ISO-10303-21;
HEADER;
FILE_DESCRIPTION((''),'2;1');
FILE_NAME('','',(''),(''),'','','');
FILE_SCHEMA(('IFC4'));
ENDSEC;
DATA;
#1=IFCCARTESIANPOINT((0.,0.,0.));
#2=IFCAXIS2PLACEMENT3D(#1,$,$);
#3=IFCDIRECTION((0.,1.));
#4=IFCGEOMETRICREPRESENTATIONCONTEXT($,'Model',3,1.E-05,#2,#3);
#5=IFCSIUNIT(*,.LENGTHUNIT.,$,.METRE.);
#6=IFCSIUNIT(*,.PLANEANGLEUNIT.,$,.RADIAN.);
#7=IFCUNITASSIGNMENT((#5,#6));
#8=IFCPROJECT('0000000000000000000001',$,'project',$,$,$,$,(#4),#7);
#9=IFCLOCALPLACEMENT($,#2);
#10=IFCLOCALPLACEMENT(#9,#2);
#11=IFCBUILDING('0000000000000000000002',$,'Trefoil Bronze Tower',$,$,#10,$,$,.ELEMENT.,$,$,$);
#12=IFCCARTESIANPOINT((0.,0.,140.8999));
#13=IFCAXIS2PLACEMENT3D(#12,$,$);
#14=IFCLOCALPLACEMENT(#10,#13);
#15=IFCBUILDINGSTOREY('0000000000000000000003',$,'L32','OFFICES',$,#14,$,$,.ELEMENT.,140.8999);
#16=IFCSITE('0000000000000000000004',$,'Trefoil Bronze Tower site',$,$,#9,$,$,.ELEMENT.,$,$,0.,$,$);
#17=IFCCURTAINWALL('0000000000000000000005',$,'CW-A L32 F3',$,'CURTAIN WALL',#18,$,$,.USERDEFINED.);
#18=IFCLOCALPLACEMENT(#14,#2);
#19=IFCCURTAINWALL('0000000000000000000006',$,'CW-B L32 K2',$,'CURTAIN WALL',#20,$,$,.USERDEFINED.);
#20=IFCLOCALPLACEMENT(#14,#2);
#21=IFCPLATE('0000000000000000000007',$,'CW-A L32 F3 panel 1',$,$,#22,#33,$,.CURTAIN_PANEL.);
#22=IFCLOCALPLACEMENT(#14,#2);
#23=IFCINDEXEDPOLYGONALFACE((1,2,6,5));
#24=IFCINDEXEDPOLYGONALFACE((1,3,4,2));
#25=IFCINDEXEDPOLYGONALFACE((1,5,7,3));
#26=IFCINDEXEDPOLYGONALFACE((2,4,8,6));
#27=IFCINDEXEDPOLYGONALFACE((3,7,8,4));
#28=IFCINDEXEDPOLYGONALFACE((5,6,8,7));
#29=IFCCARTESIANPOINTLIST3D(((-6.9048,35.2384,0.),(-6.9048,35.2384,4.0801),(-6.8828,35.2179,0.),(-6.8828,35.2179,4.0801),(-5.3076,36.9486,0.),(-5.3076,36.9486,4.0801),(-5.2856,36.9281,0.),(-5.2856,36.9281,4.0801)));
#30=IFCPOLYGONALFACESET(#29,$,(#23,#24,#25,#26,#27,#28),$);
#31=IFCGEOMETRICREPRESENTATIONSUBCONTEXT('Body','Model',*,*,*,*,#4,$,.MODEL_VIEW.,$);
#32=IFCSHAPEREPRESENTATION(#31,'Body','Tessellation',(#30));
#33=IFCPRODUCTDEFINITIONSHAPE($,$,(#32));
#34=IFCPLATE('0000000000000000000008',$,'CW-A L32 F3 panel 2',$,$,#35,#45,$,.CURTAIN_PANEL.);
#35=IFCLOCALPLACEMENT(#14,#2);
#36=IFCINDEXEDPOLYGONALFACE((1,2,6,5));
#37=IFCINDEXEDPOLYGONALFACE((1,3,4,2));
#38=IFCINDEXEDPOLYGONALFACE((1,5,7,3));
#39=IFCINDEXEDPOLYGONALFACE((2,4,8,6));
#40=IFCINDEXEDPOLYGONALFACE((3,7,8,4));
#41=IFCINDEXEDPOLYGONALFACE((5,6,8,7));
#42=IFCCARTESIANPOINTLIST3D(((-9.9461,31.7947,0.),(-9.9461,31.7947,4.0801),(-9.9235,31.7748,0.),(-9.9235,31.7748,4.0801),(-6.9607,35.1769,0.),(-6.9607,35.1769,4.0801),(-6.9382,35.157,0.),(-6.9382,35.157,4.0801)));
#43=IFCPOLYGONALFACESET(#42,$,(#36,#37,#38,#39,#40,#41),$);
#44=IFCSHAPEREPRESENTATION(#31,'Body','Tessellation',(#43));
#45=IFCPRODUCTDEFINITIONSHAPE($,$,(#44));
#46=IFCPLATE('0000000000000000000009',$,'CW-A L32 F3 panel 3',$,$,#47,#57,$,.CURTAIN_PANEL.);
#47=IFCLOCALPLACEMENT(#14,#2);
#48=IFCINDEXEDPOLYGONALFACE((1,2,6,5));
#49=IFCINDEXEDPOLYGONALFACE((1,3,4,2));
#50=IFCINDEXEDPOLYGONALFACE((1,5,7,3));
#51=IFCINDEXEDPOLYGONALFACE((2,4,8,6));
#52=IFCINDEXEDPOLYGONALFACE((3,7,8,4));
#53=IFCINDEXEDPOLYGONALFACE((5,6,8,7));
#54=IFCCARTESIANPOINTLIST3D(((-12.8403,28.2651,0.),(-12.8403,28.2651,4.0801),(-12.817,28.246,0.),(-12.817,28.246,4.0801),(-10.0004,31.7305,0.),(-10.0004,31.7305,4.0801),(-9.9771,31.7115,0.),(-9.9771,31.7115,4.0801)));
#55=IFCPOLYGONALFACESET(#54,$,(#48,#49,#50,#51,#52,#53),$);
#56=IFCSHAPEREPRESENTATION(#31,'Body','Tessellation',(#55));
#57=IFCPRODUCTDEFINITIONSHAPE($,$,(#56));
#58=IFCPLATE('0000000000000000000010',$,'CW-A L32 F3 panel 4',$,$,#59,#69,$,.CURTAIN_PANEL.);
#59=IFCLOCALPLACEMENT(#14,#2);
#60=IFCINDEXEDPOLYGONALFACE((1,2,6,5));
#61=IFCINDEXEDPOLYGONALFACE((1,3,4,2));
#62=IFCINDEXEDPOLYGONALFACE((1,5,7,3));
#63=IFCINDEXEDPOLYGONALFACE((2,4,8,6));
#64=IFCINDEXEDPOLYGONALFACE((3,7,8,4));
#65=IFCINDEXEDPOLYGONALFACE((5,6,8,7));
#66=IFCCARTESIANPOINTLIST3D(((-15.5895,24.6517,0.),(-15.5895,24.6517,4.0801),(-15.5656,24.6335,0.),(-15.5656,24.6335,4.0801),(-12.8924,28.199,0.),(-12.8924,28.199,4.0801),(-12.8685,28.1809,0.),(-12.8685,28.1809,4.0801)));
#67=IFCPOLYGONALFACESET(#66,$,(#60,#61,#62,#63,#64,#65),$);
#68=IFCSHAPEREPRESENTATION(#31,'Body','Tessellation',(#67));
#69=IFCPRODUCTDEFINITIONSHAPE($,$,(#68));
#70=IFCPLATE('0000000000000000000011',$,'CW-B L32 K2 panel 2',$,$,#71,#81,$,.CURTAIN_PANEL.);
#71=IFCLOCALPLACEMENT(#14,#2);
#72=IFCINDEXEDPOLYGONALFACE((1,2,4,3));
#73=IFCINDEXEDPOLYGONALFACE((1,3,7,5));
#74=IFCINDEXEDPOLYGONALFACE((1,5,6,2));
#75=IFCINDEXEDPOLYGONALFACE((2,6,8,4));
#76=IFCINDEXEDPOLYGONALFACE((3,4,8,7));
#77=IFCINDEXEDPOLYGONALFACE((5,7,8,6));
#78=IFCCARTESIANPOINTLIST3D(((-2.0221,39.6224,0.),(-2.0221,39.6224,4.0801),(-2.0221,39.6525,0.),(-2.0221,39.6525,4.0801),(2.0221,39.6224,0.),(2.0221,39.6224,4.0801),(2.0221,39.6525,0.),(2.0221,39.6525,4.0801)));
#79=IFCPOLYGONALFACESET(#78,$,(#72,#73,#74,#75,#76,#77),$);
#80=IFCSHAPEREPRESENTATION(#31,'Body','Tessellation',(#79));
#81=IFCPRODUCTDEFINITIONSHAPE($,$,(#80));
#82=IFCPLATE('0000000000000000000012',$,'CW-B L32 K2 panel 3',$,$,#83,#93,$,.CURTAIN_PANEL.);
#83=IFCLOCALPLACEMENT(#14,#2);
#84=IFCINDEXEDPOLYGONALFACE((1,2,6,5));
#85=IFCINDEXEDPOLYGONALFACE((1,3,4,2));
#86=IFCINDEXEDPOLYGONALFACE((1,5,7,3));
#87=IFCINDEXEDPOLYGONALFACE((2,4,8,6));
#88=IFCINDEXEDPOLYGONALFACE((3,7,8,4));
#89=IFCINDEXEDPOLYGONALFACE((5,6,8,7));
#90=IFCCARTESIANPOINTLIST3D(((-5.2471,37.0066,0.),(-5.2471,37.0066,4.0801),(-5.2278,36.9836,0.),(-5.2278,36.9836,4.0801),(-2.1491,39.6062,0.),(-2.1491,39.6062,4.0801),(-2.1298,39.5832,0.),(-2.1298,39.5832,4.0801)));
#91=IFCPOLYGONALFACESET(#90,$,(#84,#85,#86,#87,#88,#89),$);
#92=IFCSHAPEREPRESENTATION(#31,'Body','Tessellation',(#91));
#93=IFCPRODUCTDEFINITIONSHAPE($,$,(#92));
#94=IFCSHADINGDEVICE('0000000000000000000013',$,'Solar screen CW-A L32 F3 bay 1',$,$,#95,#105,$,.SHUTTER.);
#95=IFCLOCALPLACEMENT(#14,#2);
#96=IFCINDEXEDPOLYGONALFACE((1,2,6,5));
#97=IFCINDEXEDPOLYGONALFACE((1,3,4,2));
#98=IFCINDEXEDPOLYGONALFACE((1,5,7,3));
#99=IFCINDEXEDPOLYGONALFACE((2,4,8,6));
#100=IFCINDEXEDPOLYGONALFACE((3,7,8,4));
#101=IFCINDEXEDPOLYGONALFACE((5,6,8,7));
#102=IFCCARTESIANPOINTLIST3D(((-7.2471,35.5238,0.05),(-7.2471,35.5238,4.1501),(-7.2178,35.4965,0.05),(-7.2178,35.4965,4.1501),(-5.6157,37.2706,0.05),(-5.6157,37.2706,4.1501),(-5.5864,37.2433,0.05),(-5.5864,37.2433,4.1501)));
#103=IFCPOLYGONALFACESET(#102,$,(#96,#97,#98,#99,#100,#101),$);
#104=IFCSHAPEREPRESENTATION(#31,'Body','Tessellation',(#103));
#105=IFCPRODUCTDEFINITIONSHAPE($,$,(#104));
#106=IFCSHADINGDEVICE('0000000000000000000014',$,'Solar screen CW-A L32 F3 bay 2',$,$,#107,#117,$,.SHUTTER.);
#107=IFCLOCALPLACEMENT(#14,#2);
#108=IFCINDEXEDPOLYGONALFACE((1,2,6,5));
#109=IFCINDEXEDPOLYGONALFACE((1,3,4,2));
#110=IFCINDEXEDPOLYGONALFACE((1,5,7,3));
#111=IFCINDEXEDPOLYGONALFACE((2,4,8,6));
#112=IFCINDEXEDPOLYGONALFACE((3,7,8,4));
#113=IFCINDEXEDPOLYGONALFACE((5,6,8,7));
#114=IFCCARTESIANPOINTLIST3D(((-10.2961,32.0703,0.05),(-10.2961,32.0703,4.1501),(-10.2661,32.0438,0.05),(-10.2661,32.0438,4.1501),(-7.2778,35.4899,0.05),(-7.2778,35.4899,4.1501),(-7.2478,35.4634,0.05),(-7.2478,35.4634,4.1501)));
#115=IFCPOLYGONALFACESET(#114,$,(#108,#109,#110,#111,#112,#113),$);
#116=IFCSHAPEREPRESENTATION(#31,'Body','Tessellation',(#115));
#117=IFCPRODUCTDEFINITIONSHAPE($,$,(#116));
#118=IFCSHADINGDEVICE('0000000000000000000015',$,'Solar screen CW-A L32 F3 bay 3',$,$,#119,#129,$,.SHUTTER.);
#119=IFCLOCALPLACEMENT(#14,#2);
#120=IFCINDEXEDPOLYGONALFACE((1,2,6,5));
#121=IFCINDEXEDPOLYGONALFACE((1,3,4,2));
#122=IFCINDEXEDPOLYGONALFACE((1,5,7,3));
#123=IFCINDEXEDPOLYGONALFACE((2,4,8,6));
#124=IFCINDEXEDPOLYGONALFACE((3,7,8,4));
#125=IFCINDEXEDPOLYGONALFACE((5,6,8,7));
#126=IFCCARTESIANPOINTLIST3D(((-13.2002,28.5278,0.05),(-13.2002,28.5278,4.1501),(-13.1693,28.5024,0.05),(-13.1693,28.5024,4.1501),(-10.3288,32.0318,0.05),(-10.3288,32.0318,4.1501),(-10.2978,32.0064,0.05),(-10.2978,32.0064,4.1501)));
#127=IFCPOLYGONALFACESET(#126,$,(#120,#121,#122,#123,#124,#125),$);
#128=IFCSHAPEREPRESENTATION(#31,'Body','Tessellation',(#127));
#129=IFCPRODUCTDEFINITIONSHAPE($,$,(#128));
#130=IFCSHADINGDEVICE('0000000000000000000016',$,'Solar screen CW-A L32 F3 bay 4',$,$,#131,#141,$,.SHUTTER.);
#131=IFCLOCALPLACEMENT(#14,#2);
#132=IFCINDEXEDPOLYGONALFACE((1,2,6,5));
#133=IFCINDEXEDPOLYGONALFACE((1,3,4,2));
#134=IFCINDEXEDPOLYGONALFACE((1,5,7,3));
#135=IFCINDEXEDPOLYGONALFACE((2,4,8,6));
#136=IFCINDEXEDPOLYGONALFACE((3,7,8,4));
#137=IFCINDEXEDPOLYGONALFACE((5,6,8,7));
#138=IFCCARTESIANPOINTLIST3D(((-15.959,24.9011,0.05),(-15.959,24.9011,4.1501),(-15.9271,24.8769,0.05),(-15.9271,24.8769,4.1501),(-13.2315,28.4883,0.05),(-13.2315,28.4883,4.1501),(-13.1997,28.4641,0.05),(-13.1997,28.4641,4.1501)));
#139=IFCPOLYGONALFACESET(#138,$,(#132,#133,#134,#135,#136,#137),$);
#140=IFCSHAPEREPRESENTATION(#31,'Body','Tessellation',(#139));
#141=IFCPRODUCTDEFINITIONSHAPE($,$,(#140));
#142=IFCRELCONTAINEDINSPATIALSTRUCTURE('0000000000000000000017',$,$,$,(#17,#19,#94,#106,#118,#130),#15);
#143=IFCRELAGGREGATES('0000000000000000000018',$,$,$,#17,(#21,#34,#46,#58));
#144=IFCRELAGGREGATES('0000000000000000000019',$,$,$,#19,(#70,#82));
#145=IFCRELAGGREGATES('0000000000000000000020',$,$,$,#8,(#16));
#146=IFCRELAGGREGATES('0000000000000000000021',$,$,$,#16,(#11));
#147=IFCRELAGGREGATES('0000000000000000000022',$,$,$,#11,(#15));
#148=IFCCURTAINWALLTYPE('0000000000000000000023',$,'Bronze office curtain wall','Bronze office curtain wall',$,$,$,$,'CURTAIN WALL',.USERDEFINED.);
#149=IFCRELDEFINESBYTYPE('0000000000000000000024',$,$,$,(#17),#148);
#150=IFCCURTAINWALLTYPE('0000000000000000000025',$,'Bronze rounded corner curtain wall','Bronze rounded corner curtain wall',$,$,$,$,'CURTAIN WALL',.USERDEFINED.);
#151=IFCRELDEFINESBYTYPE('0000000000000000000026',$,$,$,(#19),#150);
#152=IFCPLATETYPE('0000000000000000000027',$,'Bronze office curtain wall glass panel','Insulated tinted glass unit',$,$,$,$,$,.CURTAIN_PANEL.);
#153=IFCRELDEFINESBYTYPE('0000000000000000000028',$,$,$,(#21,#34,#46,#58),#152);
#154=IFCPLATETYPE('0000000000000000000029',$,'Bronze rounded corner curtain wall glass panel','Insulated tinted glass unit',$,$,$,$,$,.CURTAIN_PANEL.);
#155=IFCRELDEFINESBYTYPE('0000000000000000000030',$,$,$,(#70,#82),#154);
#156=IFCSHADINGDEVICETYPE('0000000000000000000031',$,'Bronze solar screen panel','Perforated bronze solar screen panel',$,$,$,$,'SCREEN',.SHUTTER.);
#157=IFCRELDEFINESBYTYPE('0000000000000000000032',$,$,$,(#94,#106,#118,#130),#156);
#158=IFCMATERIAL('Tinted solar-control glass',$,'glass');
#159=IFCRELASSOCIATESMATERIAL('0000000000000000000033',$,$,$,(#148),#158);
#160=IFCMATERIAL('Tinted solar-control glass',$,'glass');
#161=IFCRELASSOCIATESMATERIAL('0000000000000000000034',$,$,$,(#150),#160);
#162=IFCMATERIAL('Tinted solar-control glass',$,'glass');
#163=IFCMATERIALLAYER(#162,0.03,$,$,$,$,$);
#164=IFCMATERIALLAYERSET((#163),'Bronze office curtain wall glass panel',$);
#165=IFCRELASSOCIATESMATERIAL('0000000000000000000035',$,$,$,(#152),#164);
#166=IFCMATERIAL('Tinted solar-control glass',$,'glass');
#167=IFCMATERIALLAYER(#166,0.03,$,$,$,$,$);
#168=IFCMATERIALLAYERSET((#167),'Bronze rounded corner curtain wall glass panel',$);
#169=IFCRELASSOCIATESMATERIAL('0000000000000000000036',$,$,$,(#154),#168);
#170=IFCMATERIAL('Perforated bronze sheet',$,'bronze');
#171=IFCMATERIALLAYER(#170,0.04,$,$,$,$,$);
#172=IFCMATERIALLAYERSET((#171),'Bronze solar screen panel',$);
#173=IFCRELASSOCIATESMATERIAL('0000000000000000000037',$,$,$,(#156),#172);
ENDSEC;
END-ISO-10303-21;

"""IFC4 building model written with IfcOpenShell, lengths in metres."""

from ifc_helpers import new_model, si_unit, direction, frame, origin, origin_2d, place, context, subcontext, project, spatial, rectangle, extrude, material, layer, layer_set, type_object, element, aggregate, save


model = new_model("IFC4")

# Units and contexts
model_context = context("Model", 3, precision=1e-05, world=origin(), true_north=direction((0.0, 1.0)))
body_context = subcontext(model_context, "Body", "Model", "MODEL_VIEW")
ifc_project = project(units=[si_unit("LENGTHUNIT", "METRE"), si_unit("PLANEANGLEUNIT", "RADIAN")], contexts=[model_context])

# Site, building, storey
site_placement = place(None, origin())
site = spatial("IfcSite", under=ifc_project, at=site_placement, Name="Trefoil Bronze Tower site", CompositionType="ELEMENT", RefElevation=0.0)
building_placement = place(site_placement, origin())
building = spatial("IfcBuilding", under=site, at=building_placement, Name="Trefoil Bronze Tower", CompositionType="ELEMENT")
storey_placement = place(building_placement, frame((0.0, 0.0, 140.8999)))
storey = spatial("IfcBuildingStorey", under=building, at=storey_placement, Name="L32", Description="OFFICES", CompositionType="ELEMENT", Elevation=140.8999)

# Curtain walls
ifc_material_1 = material(Name="Tinted solar-control glass", Category="glass")
curtain_wall_type_1 = type_object("IfcCurtainWallType", Name="Bronze office curtain wall", Description="Bronze office curtain wall", ElementType="CURTAIN WALL", PredefinedType="USERDEFINED", material=ifc_material_1)
curtain_wall_1_placement = place(storey_placement, origin())
curtain_wall_1 = element("IfcCurtainWall", 1, at=curtain_wall_1_placement, inside=storey, type_object=curtain_wall_type_1, Name="CW-A L32 F3", ObjectType="CURTAIN WALL", PredefinedType="USERDEFINED")
ifc_material_2 = material(Name="Tinted solar-control glass", Category="glass")
curtain_wall_type_2 = type_object("IfcCurtainWallType", Name="Bronze rounded corner curtain wall", Description="Bronze rounded corner curtain wall", ElementType="CURTAIN WALL", PredefinedType="USERDEFINED", material=ifc_material_2)
curtain_wall_2_placement = place(storey_placement, origin())
curtain_wall_2 = element("IfcCurtainWall", 2, at=curtain_wall_2_placement, inside=storey, type_object=curtain_wall_type_2, Name="CW-B L32 K2", ObjectType="CURTAIN WALL", PredefinedType="USERDEFINED")

# Plates
ifc_material_3 = material(Name="Tinted solar-control glass", Category="glass")
ifc_layer_1 = layer(ifc_material_3, 0.03)
ifc_layer_set_1 = layer_set([ifc_layer_1], Name="Bronze office curtain wall glass panel")
plate_type_1 = type_object("IfcPlateType", Name="Bronze office curtain wall glass panel", Description="Insulated tinted glass unit", PredefinedType="CURTAIN_PANEL", material=ifc_layer_set_1)
plate_1_placement = place(storey_placement, frame((-6.0952, 36.0833, 0.0), z_axis=(0.0, 0.0, 1.0), x_axis=(-0.682536, -0.730852, 0.0)))
plate_1 = element("IfcPlate", 3, at=plate_1_placement, type_object=plate_type_1, Name="CW-A L32 F3 panel 1", PredefinedType="CURTAIN_PANEL", context=body_context, shape_type="SweptSolid", body=[
    extrude(rectangle(XDim=2.3401, YDim=0.03, at=origin_2d()), origin(), (0.0, 0.0, 1.0), 4.0801),
])
plate_2_placement = place(storey_placement, frame((-8.4421, 33.4758, 0.0), z_axis=(0.0, 0.0, 1.0), x_axis=(-0.661751, -0.749723, 0.0)))
plate_2 = element("IfcPlate", 4, at=plate_2_placement, type_object=plate_type_1, Name="CW-A L32 F3 panel 2", PredefinedType="CURTAIN_PANEL", context=body_context, shape_type="SweptSolid", body=[
    extrude(rectangle(XDim=4.5112, YDim=0.03, at=origin_2d()), origin(), (0.0, 0.0, 1.0), 4.0801),
])
plate_3_placement = place(storey_placement, frame((-11.4087, 29.9883, 0.0), z_axis=(0.0, 0.0, 1.0), x_axis=(-0.63384, -0.773464, 0.0)))
plate_3 = element("IfcPlate", 5, at=plate_3_placement, type_object=plate_type_1, Name="CW-A L32 F3 panel 3", PredefinedType="CURTAIN_PANEL", context=body_context, shape_type="SweptSolid", body=[
    extrude(rectangle(XDim=4.4805, YDim=0.03, at=origin_2d()), origin(), (0.0, 0.0, 1.0), 4.0801),
])
plate_4_placement = place(storey_placement, frame((-14.229, 26.4163, 0.0), z_axis=(0.0, 0.0, 1.0), x_axis=(-0.605252, -0.796034, 0.0)))
plate_4 = element("IfcPlate", 6, at=plate_4_placement, type_object=plate_type_1, Name="CW-A L32 F3 panel 4", PredefinedType="CURTAIN_PANEL", context=body_context, shape_type="SweptSolid", body=[
    extrude(rectangle(XDim=4.4563, YDim=0.03, at=origin_2d()), origin(), (0.0, 0.0, 1.0), 4.0801),
])
aggregate(curtain_wall_1, [plate_1, plate_2, plate_3, plate_4])
ifc_material_4 = material(Name="Tinted solar-control glass", Category="glass")
ifc_layer_2 = layer(ifc_material_4, 0.03)
ifc_layer_set_2 = layer_set([ifc_layer_2], Name="Bronze rounded corner curtain wall glass panel")
plate_type_2 = type_object("IfcPlateType", Name="Bronze rounded corner curtain wall glass panel", Description="Insulated tinted glass unit", PredefinedType="CURTAIN_PANEL", material=ifc_layer_set_2)
plate_5_placement = place(storey_placement, frame((0.0, 39.6375, 0.0), z_axis=(0.0, 0.0, 1.0), x_axis=(-1.0, 0.0, 0.0)))
plate_5 = element("IfcPlate", 7, at=plate_5_placement, type_object=plate_type_2, Name="CW-B L32 K2 panel 2", PredefinedType="CURTAIN_PANEL", context=body_context, shape_type="SweptSolid", body=[
    extrude(rectangle(XDim=4.0442, YDim=0.03, at=origin_2d()), origin(), (0.0, 0.0, 1.0), 4.0801),
])
plate_6_placement = place(storey_placement, frame((-3.6885, 38.2949, 0.0), z_axis=(0.0, 0.0, 1.0), x_axis=(-0.766044, -0.642788, 0.0)))
plate_6 = element("IfcPlate", 8, at=plate_6_placement, type_object=plate_type_2, Name="CW-B L32 K2 panel 3", PredefinedType="CURTAIN_PANEL", context=body_context, shape_type="SweptSolid", body=[
    extrude(rectangle(XDim=4.0442, YDim=0.03, at=origin_2d()), origin(), (0.0, 0.0, 1.0), 4.0801),
])
aggregate(curtain_wall_2, [plate_5, plate_6])

# Shading devices
ifc_material_5 = material(Name="Perforated bronze sheet", Category="bronze")
ifc_layer_3 = layer(ifc_material_5, 0.04)
ifc_layer_set_3 = layer_set([ifc_layer_3], Name="Bronze solar screen panel")
shading_device_type = type_object("IfcShadingDeviceType", Name="Bronze solar screen panel", Description="Perforated bronze solar screen panel", ElementType="SCREEN", PredefinedType="SHUTTER", material=ifc_layer_set_3)
shading_device_1_placement = place(storey_placement, frame((-6.4167, 36.3835, 0.05), z_axis=(0.0, 0.0, 1.0), x_axis=(-0.682536, -0.730852, 0.0)))
element("IfcShadingDevice", 9, at=shading_device_1_placement, inside=storey, type_object=shading_device_type, Name="Solar screen CW-A L32 F3 bay 1", PredefinedType="SHUTTER", context=body_context, shape_type="SweptSolid", body=[
    extrude(rectangle(XDim=2.3901, YDim=0.04, at=origin_2d()), origin(), (0.0, 0.0, 1.0), 4.1001),
])
shading_device_2_placement = place(storey_placement, frame((-8.772, 33.7668, 0.05), z_axis=(0.0, 0.0, 1.0), x_axis=(-0.661751, -0.749723, 0.0)))
element("IfcShadingDevice", 10, at=shading_device_2_placement, inside=storey, type_object=shading_device_type, Name="Solar screen CW-A L32 F3 bay 2", PredefinedType="SHUTTER", context=body_context, shape_type="SweptSolid", body=[
    extrude(rectangle(XDim=4.561, YDim=0.04, at=origin_2d()), origin(), (0.0, 0.0, 1.0), 4.1001),
])
shading_device_3_placement = place(storey_placement, frame((-11.749, 30.2671, 0.05), z_axis=(0.0, 0.0, 1.0), x_axis=(-0.63384, -0.773464, 0.0)))
element("IfcShadingDevice", 11, at=shading_device_3_placement, inside=storey, type_object=shading_device_type, Name="Solar screen CW-A L32 F3 bay 3", PredefinedType="SHUTTER", context=body_context, shape_type="SweptSolid", body=[
    extrude(rectangle(XDim=4.5303, YDim=0.04, at=origin_2d()), origin(), (0.0, 0.0, 1.0), 4.1001),
])
shading_device_4_placement = place(storey_placement, frame((-14.5793, 26.6826, 0.05), z_axis=(0.0, 0.0, 1.0), x_axis=(-0.605252, -0.796034, 0.0)))
element("IfcShadingDevice", 12, at=shading_device_4_placement, inside=storey, type_object=shading_device_type, Name="Solar screen CW-A L32 F3 bay 4", PredefinedType="SHUTTER", context=body_context, shape_type="SweptSolid", body=[
    extrude(rectangle(XDim=4.5063, YDim=0.04, at=origin_2d()), origin(), (0.0, 0.0, 1.0), 4.1001),
])

save(model, "model.ifc")
